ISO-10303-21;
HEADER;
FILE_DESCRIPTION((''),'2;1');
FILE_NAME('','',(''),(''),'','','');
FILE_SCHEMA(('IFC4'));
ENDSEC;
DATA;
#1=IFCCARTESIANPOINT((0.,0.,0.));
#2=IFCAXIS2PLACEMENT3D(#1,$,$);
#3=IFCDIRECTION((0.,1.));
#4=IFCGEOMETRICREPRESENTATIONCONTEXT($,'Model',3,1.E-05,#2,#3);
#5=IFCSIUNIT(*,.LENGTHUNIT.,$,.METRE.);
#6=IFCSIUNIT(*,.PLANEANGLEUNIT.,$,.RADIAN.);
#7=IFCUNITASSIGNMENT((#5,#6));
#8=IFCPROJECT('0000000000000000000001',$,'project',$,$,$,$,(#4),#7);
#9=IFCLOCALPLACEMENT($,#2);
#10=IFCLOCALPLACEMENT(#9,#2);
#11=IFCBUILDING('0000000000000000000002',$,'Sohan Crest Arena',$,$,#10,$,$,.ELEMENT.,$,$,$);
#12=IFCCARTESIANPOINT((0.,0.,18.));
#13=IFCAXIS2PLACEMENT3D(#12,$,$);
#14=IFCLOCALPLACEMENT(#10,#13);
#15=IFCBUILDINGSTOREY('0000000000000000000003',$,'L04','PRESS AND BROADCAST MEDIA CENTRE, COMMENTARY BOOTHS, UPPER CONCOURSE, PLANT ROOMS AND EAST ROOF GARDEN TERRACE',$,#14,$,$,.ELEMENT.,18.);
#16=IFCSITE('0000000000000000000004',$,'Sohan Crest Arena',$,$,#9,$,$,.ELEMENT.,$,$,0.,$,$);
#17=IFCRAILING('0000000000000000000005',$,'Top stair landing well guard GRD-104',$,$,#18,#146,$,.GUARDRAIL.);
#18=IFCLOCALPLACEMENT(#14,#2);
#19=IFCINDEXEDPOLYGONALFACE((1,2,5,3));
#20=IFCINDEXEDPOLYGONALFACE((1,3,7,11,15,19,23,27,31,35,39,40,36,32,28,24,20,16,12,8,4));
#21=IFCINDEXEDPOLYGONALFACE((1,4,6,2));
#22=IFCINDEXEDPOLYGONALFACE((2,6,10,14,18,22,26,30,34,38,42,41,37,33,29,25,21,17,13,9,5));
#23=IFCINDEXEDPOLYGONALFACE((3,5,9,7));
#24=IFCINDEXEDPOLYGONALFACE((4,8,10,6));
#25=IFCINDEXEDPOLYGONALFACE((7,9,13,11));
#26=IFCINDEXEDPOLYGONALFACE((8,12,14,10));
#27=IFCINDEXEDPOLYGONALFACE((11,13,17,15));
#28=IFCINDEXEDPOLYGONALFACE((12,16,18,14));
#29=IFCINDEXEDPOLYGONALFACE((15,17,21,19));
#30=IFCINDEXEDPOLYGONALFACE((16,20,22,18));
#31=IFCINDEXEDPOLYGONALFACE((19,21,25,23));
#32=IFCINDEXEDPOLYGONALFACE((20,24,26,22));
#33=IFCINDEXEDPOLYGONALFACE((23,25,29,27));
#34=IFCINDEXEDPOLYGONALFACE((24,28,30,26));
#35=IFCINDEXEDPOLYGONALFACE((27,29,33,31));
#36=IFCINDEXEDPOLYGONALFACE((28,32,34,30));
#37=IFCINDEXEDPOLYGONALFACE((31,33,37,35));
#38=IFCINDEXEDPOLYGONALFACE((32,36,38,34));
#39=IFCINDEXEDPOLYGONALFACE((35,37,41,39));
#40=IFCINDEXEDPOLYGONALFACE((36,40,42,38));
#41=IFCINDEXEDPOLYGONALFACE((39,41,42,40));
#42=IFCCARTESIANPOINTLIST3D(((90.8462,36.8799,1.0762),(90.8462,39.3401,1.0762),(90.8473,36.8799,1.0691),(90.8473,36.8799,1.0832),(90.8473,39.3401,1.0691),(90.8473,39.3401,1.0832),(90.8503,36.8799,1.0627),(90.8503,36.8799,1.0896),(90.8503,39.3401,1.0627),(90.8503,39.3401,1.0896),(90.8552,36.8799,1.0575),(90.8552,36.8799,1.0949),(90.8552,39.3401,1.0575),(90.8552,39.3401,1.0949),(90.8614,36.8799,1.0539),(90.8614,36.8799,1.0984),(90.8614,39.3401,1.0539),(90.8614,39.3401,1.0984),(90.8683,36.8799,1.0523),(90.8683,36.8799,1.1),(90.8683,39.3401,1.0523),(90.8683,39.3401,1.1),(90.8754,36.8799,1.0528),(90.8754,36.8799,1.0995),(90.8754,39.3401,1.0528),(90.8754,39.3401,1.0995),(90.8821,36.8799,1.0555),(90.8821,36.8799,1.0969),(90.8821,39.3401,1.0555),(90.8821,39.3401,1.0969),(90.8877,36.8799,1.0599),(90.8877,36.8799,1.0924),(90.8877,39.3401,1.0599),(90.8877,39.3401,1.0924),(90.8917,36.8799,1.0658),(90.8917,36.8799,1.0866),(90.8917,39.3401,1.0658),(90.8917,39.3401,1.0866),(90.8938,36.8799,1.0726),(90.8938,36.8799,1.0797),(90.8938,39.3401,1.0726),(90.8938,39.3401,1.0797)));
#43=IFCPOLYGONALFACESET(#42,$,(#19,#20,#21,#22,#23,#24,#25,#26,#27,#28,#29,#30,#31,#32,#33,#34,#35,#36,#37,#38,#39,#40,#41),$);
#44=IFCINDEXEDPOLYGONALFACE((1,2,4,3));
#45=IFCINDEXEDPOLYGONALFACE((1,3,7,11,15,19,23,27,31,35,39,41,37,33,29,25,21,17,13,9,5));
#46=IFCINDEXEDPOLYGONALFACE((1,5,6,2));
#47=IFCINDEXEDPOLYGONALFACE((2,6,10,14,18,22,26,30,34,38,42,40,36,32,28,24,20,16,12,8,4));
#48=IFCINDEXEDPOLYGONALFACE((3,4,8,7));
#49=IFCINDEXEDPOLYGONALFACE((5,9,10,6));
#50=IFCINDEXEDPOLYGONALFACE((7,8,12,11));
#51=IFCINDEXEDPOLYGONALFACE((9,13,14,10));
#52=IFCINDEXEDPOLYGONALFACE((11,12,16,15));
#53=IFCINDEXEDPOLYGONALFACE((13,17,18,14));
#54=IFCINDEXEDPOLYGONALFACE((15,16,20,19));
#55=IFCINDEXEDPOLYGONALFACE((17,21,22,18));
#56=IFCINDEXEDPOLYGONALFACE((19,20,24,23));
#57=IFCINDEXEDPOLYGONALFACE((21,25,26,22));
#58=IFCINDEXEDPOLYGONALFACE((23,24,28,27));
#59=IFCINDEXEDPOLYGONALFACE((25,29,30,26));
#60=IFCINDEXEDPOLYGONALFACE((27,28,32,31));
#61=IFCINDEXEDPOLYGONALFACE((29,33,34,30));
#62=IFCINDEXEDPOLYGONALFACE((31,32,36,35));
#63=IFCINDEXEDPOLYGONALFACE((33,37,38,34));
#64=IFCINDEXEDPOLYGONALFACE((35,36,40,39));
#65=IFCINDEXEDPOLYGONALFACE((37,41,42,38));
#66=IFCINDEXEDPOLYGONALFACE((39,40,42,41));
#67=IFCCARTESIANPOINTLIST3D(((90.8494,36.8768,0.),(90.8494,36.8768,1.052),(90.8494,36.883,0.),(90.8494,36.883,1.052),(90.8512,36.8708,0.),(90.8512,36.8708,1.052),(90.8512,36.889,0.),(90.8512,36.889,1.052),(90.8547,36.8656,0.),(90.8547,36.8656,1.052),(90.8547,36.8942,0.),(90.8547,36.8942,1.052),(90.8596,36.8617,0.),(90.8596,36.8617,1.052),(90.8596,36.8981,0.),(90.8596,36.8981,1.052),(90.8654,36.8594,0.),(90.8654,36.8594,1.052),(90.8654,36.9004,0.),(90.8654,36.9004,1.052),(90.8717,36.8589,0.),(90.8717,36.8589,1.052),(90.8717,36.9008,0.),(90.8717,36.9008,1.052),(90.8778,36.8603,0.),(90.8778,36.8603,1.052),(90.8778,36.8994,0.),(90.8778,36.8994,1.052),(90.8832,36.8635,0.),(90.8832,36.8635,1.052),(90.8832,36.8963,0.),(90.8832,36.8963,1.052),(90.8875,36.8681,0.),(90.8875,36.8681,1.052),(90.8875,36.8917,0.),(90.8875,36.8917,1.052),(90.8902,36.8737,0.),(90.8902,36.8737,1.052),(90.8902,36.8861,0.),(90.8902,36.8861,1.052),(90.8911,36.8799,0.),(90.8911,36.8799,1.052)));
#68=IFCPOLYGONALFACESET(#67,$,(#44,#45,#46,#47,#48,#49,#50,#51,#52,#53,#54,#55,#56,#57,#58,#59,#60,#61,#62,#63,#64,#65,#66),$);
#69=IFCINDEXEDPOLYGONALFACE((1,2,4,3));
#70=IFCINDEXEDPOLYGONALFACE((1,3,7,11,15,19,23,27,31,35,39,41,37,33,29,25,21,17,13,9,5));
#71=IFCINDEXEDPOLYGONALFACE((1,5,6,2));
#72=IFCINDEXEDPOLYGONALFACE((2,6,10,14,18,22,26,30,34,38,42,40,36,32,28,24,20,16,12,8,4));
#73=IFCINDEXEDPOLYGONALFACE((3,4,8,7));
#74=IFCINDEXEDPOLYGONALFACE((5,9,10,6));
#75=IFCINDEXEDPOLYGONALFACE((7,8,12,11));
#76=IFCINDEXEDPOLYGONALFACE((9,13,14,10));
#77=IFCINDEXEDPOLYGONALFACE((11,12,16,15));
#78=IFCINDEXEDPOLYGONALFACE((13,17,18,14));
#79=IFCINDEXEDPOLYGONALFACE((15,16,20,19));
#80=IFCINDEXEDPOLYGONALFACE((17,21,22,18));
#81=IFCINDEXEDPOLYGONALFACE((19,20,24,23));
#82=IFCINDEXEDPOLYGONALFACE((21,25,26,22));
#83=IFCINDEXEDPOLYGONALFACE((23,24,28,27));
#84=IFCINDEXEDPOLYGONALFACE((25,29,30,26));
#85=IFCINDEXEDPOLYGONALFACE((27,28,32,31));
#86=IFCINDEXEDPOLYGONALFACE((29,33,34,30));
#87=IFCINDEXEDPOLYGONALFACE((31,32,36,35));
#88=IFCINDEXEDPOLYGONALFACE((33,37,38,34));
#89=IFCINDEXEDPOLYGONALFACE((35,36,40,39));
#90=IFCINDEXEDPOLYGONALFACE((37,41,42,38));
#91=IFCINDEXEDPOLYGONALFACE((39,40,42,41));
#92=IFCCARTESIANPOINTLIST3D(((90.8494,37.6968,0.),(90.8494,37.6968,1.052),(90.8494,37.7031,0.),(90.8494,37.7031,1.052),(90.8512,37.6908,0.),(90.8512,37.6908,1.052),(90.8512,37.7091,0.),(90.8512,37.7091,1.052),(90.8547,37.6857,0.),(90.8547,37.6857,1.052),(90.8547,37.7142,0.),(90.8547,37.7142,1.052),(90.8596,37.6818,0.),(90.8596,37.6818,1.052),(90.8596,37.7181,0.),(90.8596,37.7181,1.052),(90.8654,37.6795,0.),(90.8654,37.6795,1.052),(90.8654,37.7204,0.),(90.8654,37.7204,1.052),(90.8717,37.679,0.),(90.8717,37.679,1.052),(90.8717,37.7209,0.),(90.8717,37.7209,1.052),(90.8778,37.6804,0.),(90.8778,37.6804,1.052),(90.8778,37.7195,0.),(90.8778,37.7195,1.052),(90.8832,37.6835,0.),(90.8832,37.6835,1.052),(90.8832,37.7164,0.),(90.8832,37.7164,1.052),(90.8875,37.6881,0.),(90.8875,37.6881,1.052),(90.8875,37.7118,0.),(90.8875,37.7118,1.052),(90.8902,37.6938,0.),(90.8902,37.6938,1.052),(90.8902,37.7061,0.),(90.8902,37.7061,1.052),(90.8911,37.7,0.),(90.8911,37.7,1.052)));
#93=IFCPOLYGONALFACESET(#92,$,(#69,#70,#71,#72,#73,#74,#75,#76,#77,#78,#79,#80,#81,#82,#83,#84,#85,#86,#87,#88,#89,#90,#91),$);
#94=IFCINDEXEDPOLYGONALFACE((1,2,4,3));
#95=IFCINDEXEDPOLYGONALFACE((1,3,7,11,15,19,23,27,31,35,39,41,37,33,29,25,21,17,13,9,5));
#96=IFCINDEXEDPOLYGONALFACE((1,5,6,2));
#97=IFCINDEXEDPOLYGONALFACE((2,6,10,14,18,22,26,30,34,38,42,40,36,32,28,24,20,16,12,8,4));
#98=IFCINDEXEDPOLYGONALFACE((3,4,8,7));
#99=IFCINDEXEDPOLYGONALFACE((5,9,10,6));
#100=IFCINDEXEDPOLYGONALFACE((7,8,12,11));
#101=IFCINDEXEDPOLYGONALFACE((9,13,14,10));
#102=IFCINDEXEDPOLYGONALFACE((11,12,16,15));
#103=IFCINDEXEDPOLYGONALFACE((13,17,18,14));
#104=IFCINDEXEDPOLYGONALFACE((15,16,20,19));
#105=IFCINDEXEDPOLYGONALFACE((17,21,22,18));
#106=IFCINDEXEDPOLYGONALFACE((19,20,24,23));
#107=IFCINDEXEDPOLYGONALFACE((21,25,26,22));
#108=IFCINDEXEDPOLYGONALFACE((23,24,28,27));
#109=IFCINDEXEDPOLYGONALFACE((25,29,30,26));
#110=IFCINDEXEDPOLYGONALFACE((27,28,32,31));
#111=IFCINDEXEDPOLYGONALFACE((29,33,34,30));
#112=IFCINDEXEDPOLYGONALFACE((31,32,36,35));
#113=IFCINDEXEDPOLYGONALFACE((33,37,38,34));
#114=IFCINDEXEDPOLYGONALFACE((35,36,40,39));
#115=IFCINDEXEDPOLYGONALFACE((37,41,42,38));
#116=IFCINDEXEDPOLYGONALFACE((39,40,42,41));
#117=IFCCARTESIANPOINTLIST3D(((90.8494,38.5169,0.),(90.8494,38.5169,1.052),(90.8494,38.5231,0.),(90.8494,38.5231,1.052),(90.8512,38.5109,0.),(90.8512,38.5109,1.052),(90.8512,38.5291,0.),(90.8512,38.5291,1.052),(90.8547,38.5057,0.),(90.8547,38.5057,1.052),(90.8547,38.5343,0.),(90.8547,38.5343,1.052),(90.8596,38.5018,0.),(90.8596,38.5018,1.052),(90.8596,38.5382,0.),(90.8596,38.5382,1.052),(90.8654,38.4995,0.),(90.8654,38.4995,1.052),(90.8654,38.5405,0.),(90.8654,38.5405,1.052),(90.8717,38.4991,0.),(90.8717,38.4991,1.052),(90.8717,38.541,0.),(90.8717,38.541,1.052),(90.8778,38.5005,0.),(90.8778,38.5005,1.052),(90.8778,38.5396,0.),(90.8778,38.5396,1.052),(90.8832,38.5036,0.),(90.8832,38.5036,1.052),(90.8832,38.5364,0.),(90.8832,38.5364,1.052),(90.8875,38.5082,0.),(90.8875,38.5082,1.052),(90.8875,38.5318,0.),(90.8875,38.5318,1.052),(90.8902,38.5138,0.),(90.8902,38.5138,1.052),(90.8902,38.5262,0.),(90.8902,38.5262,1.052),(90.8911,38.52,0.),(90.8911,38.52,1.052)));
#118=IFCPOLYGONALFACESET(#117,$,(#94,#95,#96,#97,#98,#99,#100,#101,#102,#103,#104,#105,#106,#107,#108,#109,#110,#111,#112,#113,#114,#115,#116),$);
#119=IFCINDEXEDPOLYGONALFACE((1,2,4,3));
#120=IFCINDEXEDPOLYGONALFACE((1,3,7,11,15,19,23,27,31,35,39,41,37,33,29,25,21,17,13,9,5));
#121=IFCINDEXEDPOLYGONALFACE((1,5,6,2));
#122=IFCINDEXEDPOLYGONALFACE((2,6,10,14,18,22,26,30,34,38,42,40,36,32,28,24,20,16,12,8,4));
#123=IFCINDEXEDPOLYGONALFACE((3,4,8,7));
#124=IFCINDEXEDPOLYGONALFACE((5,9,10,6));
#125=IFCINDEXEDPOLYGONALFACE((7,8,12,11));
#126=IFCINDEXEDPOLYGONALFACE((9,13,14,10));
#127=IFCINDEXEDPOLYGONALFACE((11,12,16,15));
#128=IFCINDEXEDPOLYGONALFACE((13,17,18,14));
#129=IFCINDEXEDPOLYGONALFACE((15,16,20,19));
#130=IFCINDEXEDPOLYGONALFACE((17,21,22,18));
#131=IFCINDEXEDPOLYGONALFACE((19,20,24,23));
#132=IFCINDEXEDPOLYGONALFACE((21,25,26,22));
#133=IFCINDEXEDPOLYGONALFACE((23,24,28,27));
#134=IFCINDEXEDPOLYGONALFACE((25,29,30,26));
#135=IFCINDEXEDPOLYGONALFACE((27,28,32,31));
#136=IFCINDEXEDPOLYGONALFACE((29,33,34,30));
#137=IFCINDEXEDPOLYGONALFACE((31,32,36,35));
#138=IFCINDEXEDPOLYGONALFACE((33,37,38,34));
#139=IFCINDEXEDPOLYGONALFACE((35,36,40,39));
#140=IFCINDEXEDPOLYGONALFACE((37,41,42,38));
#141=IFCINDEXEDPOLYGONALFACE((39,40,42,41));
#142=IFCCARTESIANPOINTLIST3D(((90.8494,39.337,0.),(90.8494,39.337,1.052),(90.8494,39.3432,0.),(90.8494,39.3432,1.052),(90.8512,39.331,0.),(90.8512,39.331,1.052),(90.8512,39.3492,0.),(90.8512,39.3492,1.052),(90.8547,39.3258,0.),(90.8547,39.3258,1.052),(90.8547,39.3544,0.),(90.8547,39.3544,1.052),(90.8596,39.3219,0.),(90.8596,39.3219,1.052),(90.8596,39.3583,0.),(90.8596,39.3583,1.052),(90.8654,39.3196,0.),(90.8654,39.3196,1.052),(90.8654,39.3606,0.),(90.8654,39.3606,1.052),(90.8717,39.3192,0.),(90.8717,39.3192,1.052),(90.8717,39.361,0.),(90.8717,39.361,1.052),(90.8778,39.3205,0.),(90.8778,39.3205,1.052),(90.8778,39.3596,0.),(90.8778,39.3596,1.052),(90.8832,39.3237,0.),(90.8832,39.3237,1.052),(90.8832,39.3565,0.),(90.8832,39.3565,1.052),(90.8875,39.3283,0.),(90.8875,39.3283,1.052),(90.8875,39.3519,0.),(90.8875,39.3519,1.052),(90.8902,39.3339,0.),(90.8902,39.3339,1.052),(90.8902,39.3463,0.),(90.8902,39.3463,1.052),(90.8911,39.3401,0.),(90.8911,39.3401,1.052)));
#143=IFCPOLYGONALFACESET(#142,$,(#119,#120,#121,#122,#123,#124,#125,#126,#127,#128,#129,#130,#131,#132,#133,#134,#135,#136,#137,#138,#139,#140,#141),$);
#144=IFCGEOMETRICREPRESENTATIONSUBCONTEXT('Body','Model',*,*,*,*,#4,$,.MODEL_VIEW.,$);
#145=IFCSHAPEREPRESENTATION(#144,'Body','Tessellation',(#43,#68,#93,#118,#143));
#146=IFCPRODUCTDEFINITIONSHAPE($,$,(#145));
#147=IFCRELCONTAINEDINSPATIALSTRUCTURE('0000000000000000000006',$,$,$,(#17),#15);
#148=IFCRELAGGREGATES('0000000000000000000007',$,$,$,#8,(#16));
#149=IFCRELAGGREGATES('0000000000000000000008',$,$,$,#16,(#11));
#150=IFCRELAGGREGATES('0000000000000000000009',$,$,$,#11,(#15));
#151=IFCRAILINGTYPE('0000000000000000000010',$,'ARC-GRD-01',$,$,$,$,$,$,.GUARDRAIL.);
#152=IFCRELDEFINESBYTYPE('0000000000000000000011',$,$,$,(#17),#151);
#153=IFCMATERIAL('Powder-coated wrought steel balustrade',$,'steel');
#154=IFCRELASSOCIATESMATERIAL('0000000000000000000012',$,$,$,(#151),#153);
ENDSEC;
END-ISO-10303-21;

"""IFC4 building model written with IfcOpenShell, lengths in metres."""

from ifc_helpers import new_model, si_unit, direction, frame, origin, origin_2d, place, context, subcontext, project, spatial, circle, extrude, material, type_object, element, save


model = new_model("IFC4")

# Units and contexts
model_context = context("Model", 3, precision=1e-05, world=origin(), true_north=direction((0.0, 1.0)))
body_context = subcontext(model_context, "Body", "Model", "MODEL_VIEW")
ifc_project = project(units=[si_unit("LENGTHUNIT", "METRE"), si_unit("PLANEANGLEUNIT", "RADIAN")], contexts=[model_context])

# Site, building, storey
site_placement = place(None, origin())
site = spatial("IfcSite", under=ifc_project, at=site_placement, Name="Sohan Crest Arena", CompositionType="ELEMENT", RefElevation=0.0)
building_placement = place(site_placement, origin())
building = spatial("IfcBuilding", under=site, at=building_placement, Name="Sohan Crest Arena", CompositionType="ELEMENT")
storey_placement = place(building_placement, frame((0.0, 0.0, 18.0)))
storey = spatial("IfcBuildingStorey", under=building, at=storey_placement, Name="L04", Description="PRESS AND BROADCAST MEDIA CENTRE, COMMENTARY BOOTHS, UPPER CONCOURSE, PLANT ROOMS AND EAST ROOF GARDEN TERRACE", CompositionType="ELEMENT", Elevation=18.0)

# Railing
ifc_material_1 = material(Name="Powder-coated wrought steel balustrade", Category="steel")
railing_type_1 = type_object("IfcRailingType", Name="ARC-GRD-01", PredefinedType="GUARDRAIL", material=ifc_material_1)
railing_1_placement = place(storey_placement, frame((90.8701, 36.8799, 0.0)))
element("IfcRailing", 1, at=railing_1_placement, inside=storey, type_object=railing_type_1, Name="Top stair landing well guard GRD-104", PredefinedType="GUARDRAIL", context=body_context, shape_type="SweptSolid", body=[
    extrude(circle(Radius=0.0239, at=origin_2d()), frame((0.0, 0.0, 1.0762), z_axis=(0.0, 1.0, 0.0), x_axis=(-1.0, 0.0, 0.0)), (0.0, 0.0, 1.0), 2.4602),
    extrude(circle(Radius=0.021, at=origin_2d()), origin(), (0.0, 0.0, 1.0), 1.052),
    extrude(circle(Radius=0.021, at=origin_2d()), frame((0.0, 0.8201, 0.0)), (0.0, 0.0, 1.0), 1.052),
    extrude(circle(Radius=0.021, at=origin_2d()), frame((0.0, 1.6401, 0.0)), (0.0, 0.0, 1.0), 1.052),
    extrude(circle(Radius=0.021, at=origin_2d()), frame((0.0, 2.4602, 0.0)), (0.0, 0.0, 1.0), 1.052),
])

save(model, "model.ifc")
